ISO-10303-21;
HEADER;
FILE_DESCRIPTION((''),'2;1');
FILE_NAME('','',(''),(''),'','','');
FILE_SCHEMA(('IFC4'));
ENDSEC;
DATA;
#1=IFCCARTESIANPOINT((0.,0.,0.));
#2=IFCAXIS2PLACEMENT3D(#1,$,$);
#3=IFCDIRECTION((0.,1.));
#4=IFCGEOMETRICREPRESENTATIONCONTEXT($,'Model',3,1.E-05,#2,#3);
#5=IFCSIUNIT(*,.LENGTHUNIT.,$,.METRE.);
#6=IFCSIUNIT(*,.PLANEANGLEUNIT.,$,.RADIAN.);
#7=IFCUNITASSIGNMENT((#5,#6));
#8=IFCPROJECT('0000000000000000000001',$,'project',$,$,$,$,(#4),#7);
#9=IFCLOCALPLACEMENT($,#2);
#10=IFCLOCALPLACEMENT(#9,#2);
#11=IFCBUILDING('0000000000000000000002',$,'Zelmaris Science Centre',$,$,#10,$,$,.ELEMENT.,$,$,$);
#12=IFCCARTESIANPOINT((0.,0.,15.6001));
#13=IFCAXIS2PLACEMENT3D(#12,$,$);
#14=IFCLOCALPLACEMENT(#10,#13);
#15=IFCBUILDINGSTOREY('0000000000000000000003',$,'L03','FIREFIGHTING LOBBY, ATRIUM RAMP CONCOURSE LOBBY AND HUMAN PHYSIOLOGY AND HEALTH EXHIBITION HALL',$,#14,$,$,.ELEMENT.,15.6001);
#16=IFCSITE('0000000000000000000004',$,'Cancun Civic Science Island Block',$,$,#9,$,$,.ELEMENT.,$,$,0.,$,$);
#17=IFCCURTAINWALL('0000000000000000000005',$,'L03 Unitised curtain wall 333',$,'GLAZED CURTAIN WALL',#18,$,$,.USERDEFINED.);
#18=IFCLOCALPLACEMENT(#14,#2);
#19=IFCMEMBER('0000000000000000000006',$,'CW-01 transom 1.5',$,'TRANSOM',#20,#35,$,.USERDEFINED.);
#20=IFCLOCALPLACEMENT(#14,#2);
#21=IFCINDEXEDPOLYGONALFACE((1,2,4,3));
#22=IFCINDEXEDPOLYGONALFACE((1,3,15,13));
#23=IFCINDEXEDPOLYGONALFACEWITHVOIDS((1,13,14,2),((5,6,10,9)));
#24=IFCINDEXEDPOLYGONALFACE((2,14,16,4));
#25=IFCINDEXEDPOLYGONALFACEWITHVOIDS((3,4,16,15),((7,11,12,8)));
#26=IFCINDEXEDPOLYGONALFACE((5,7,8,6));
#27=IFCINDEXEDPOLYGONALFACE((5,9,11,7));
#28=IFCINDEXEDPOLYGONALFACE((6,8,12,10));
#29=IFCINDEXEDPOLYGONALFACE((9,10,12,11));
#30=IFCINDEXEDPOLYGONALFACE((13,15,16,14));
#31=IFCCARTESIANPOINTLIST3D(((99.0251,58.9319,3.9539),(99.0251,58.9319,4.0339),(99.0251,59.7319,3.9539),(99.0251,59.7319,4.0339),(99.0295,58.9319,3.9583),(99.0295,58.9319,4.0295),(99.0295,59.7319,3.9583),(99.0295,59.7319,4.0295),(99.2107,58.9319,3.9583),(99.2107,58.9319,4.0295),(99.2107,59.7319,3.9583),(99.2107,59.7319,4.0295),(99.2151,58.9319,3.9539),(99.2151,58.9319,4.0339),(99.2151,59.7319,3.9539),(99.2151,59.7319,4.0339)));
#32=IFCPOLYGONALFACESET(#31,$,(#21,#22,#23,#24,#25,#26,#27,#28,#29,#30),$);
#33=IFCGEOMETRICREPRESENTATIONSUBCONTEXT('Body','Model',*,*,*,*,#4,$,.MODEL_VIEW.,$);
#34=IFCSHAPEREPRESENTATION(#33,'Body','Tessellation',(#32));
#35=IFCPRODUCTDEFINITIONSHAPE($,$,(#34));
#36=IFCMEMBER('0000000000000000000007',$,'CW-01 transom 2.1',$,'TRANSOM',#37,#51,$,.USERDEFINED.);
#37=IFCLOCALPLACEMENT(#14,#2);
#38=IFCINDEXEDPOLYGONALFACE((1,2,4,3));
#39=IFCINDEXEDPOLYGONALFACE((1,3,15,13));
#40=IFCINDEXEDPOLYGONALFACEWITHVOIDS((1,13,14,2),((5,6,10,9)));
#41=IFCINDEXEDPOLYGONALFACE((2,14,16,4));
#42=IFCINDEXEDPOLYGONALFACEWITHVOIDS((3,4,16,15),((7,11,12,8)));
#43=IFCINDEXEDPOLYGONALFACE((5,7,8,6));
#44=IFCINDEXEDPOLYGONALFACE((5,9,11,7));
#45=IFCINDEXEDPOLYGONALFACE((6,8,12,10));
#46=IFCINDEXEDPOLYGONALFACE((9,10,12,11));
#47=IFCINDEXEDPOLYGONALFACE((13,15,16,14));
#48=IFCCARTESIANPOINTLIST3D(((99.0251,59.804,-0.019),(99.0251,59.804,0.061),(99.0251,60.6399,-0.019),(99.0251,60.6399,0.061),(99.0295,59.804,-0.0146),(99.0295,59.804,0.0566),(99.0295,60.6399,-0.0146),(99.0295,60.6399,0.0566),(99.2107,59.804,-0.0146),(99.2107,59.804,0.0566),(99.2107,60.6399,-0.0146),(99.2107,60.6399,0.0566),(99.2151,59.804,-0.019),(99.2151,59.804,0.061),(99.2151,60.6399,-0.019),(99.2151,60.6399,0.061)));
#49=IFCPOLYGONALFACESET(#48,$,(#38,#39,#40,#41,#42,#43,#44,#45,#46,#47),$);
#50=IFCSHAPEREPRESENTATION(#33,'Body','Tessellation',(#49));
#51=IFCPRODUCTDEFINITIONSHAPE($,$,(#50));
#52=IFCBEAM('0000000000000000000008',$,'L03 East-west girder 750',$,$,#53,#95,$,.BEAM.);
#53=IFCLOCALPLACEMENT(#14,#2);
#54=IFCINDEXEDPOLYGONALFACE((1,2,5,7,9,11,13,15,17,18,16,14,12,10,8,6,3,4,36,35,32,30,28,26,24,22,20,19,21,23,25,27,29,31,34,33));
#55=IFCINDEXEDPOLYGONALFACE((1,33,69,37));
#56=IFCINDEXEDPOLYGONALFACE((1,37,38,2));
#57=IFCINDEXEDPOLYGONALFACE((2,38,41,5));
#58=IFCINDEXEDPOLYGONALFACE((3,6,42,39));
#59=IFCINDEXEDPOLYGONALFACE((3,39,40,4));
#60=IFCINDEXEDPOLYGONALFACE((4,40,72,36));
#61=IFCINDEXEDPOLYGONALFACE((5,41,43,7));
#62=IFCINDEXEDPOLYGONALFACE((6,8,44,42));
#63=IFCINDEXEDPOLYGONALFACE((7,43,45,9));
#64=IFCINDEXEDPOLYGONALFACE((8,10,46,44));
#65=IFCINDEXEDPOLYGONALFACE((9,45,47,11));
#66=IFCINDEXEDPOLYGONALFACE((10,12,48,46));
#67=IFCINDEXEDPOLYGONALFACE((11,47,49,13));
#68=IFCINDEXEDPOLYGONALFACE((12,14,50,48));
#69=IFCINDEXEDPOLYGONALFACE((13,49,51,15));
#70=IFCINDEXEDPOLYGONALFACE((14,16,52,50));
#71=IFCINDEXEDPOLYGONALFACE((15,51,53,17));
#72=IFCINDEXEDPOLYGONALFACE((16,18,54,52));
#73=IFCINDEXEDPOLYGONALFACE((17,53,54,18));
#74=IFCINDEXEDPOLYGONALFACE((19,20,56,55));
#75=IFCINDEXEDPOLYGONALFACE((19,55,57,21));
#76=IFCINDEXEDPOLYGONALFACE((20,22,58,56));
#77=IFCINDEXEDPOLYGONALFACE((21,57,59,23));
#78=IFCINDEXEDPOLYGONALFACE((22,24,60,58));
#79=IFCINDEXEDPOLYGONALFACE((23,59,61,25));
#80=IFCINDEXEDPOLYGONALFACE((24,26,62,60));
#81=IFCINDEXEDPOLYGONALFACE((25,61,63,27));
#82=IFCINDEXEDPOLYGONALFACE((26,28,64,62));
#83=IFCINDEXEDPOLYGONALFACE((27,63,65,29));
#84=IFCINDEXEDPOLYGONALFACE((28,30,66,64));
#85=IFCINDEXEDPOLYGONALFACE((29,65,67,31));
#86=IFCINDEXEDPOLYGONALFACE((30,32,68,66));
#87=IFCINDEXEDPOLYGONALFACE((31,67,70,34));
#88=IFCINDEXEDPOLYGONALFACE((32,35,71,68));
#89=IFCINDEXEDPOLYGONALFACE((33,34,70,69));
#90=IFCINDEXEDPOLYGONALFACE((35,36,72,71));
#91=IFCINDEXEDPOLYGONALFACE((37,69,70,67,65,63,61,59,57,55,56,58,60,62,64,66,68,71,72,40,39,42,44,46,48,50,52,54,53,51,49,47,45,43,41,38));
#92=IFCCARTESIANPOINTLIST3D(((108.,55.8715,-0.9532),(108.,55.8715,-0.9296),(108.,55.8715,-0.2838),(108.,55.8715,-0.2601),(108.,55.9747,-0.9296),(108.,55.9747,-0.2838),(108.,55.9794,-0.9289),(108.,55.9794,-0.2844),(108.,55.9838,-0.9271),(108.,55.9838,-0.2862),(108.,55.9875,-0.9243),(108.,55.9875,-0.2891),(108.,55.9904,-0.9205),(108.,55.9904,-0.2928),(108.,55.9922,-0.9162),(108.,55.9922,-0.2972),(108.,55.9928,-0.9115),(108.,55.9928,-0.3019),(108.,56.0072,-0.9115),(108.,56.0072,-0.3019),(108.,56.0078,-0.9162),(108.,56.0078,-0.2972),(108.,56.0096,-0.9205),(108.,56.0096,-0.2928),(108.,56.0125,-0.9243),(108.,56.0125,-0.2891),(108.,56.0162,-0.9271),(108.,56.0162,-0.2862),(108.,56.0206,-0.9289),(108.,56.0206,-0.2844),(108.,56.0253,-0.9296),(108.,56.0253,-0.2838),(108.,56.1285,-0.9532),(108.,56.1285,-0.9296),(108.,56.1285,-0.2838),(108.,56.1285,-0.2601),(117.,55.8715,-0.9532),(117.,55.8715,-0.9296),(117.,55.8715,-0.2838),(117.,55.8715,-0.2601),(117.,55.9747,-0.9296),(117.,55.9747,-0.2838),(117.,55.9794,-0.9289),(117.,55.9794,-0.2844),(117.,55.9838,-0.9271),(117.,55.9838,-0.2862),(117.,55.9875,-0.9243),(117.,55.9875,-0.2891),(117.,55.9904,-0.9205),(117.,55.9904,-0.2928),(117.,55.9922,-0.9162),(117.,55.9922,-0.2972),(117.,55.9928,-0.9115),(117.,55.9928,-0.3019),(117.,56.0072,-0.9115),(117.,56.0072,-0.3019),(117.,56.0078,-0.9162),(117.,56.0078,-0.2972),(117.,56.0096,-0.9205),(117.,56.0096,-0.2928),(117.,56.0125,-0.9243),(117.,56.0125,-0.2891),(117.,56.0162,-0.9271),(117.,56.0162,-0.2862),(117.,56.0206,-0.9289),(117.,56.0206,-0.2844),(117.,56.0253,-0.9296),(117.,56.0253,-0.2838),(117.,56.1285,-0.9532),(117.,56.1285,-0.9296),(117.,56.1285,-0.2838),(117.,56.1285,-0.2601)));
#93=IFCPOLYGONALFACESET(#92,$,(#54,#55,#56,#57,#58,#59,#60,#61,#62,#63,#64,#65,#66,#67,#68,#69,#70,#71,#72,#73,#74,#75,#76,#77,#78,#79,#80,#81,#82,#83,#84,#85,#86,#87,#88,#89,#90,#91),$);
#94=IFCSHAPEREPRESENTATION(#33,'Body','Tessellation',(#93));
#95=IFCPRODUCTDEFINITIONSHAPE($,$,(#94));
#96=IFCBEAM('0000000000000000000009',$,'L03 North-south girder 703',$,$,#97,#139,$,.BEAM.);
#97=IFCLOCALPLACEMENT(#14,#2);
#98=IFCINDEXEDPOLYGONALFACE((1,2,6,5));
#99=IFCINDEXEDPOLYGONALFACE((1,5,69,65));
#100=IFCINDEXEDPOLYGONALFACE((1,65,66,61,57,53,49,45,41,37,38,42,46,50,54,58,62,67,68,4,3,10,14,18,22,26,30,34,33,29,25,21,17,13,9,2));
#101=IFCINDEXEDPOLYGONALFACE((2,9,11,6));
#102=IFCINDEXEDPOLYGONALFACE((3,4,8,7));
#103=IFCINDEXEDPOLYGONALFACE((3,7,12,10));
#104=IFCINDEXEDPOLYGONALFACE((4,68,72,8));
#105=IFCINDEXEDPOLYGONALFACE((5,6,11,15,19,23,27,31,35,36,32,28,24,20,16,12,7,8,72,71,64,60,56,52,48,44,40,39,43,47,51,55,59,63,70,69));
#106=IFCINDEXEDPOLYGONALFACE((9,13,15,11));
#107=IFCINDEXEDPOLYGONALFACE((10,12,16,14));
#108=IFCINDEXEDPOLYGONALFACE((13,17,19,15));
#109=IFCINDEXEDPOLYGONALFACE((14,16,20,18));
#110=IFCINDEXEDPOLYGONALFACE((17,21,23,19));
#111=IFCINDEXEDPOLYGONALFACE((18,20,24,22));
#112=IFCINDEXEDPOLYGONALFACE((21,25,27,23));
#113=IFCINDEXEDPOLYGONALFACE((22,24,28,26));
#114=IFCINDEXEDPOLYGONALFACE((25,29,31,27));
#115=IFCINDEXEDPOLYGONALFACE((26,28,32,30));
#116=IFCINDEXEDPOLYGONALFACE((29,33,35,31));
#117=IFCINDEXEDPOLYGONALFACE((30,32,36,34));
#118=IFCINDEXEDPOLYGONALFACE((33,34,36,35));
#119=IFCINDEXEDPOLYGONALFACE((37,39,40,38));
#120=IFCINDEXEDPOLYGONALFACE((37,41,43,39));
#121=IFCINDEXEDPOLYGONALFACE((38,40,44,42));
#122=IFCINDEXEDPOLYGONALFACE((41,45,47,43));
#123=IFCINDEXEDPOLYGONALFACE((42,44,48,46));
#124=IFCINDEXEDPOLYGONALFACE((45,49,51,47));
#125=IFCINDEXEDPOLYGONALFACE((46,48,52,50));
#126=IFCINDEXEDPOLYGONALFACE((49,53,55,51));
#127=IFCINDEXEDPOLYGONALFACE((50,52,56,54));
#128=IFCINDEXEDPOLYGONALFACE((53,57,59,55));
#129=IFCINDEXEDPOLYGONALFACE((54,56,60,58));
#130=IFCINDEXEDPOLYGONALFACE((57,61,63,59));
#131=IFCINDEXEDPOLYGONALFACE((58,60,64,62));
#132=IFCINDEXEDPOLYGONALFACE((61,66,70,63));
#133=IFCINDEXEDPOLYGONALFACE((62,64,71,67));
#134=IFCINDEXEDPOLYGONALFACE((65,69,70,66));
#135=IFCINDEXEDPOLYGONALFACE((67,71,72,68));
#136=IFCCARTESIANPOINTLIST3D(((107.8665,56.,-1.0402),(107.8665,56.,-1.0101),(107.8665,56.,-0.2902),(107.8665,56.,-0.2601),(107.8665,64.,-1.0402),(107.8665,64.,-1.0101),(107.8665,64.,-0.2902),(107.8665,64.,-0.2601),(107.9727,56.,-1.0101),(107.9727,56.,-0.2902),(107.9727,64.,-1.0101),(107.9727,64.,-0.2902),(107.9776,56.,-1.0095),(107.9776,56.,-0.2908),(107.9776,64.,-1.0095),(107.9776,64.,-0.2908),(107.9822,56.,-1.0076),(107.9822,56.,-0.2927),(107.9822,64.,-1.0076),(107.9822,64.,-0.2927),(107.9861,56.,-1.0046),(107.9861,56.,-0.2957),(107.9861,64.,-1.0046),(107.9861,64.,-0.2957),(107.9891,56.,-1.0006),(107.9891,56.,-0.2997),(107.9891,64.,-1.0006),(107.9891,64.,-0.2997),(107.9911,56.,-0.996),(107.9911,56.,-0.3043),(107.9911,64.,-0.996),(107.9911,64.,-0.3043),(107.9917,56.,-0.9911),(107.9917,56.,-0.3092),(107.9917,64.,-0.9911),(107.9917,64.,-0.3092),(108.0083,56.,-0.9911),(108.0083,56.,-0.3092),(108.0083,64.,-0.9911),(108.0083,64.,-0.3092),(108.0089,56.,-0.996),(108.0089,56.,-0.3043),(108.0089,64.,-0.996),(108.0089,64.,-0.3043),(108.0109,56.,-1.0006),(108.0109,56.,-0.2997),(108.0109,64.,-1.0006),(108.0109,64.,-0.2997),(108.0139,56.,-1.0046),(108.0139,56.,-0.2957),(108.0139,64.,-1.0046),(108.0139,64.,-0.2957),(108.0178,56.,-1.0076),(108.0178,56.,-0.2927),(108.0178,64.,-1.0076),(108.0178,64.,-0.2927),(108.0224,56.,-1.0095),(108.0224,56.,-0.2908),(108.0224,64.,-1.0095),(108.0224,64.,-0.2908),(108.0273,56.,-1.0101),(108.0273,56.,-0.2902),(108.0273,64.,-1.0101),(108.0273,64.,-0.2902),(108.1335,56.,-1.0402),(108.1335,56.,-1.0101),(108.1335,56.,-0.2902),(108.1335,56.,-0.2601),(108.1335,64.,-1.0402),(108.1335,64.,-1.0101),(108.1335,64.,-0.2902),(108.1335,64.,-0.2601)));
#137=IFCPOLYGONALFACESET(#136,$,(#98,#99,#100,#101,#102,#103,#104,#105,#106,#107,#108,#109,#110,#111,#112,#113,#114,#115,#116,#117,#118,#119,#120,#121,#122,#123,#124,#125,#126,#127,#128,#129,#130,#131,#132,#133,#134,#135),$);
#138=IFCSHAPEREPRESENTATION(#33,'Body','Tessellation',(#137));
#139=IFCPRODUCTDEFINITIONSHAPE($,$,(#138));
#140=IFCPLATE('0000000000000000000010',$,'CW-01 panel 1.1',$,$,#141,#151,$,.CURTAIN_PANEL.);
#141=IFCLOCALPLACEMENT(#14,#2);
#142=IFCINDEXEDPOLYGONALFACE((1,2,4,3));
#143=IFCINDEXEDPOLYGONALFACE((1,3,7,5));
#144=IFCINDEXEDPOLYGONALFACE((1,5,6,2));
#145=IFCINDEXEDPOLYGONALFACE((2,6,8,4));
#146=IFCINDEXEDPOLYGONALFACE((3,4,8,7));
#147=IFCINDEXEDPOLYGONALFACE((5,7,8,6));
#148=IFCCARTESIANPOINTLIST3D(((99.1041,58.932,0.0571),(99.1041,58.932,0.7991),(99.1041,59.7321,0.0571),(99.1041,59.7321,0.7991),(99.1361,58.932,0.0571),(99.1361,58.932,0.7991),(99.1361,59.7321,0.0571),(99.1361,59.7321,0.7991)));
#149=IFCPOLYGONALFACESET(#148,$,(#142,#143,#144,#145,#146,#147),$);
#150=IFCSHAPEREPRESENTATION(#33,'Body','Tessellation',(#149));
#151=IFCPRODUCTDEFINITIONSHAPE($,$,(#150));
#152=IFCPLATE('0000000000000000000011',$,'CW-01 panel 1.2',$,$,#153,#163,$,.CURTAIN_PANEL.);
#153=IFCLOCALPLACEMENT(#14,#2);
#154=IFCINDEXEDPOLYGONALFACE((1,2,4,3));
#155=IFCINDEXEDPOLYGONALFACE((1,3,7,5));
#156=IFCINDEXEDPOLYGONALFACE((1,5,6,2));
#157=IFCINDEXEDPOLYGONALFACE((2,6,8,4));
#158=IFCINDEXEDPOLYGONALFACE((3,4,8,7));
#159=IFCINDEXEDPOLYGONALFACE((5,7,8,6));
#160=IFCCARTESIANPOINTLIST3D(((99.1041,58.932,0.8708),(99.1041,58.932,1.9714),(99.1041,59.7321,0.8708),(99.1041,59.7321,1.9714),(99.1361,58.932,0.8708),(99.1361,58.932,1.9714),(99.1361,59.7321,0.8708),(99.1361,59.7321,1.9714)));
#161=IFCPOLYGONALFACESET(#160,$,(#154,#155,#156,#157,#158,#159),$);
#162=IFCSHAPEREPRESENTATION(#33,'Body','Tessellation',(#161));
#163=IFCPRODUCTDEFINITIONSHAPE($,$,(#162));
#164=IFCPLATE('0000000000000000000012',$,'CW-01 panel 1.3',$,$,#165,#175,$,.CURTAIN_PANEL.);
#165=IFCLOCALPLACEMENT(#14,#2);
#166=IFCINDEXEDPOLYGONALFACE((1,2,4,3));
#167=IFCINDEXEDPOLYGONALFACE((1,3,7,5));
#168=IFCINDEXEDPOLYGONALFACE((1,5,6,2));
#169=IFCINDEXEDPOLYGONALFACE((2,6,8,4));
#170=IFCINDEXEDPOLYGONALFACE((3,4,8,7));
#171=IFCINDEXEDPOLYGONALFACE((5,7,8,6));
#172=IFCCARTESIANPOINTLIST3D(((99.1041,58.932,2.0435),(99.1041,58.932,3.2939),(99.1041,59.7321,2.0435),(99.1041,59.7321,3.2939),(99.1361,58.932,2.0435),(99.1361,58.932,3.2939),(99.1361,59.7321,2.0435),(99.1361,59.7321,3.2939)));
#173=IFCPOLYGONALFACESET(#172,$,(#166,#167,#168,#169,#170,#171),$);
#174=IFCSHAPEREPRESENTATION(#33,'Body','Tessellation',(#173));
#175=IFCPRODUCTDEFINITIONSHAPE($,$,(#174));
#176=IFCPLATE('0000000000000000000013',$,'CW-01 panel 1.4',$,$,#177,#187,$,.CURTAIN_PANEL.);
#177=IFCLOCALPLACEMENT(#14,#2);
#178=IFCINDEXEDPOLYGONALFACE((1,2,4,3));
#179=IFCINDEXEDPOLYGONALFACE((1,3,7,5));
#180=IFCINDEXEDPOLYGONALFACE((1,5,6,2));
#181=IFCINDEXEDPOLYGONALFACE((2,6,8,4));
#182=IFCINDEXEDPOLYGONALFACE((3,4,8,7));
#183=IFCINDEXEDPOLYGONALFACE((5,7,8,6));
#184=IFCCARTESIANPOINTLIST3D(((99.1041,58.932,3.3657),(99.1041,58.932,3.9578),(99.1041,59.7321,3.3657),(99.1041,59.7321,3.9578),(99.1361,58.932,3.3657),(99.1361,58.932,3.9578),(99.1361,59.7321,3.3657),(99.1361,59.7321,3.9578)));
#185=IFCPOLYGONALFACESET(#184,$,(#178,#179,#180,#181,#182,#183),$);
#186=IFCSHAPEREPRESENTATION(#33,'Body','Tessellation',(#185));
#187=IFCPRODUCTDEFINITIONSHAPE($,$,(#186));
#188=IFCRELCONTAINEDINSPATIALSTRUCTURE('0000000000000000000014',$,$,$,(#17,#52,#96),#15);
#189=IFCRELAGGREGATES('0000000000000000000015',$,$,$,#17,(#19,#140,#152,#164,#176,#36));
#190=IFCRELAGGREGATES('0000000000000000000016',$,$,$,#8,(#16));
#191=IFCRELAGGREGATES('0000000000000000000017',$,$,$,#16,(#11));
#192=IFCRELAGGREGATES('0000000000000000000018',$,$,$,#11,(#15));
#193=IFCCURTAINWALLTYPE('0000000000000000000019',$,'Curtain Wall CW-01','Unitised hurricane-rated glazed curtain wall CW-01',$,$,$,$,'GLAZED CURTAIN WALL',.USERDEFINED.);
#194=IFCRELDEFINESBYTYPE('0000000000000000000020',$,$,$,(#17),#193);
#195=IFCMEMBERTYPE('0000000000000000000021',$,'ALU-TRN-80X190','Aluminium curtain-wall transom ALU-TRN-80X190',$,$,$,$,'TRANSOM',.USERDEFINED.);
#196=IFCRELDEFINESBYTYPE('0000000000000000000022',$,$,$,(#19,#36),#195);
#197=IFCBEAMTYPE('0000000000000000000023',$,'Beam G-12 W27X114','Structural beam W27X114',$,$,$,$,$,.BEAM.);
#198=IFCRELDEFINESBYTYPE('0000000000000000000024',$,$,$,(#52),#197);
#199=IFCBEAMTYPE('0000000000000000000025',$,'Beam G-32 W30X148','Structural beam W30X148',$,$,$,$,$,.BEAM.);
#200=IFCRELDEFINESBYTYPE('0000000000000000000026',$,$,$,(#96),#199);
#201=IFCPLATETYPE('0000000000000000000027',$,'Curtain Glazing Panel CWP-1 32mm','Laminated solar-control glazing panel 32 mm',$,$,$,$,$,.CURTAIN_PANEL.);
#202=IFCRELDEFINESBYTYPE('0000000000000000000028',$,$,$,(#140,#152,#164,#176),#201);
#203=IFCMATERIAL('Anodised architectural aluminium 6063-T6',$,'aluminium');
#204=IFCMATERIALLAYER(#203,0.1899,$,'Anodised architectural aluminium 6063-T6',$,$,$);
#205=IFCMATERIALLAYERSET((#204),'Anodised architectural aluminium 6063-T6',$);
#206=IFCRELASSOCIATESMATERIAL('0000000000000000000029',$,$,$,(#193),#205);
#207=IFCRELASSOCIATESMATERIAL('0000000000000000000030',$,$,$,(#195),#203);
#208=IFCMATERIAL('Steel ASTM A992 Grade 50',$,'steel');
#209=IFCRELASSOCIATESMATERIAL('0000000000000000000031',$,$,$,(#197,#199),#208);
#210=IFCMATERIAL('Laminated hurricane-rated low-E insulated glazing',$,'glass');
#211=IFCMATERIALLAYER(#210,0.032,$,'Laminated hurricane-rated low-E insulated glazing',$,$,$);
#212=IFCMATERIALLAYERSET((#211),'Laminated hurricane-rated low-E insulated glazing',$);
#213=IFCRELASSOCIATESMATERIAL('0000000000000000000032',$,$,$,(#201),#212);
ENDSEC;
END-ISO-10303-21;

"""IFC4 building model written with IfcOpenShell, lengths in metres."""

from ifc_helpers import new_model, si_unit, direction, frame, origin, origin_2d, place, context, subcontext, project, spatial, rectangle, hollow_rectangle, i_section, extrude, material, layer, layer_set, material_profile, profile_set, type_object, element, aggregate, save


model = new_model("IFC4")

# Units and contexts
model_context = context("Model", 3, precision=1e-05, world=origin(), true_north=direction((0.0, 1.0)))
body_context = subcontext(model_context, "Body", "Model", "MODEL_VIEW")
ifc_project = project(units=[si_unit("LENGTHUNIT", "METRE"), si_unit("PLANEANGLEUNIT", "RADIAN")], contexts=[model_context])

# Site, building, storey
site_placement = place(None, origin())
site = spatial("IfcSite", under=ifc_project, at=site_placement, Name="Cancun Civic Science Island Block", CompositionType="ELEMENT", RefElevation=0.0)
building_placement = place(site_placement, origin())
building = spatial("IfcBuilding", under=site, at=building_placement, Name="Zelmaris Science Centre", CompositionType="ELEMENT")
storey_placement = place(building_placement, frame((0.0, 0.0, 15.6001)))
storey = spatial("IfcBuildingStorey", under=building, at=storey_placement, Name="L03", Description="FIREFIGHTING LOBBY, ATRIUM RAMP CONCOURSE LOBBY AND HUMAN PHYSIOLOGY AND HEALTH EXHIBITION HALL", CompositionType="ELEMENT", Elevation=15.6001)

# Shared definitions
ifc_material_1 = material(Name="Steel ASTM A992 Grade 50", Category="steel")

# Curtain wall
ifc_material_2 = material(Name="Anodised architectural aluminium 6063-T6", Category="aluminium")
ifc_layer_1 = layer(ifc_material_2, 0.1899, Name="Anodised architectural aluminium 6063-T6")
ifc_layer_set_1 = layer_set([ifc_layer_1], Name="Anodised architectural aluminium 6063-T6")
curtain_wall_type_1 = type_object("IfcCurtainWallType", Name="Curtain Wall CW-01", Description="Unitised hurricane-rated glazed curtain wall CW-01", ElementType="GLAZED CURTAIN WALL", PredefinedType="USERDEFINED", material=ifc_layer_set_1)
curtain_wall_1_placement = place(storey_placement, origin())
curtain_wall_1 = element("IfcCurtainWall", 1, at=curtain_wall_1_placement, inside=storey, type_object=curtain_wall_type_1, Name="L03 Unitised curtain wall 333", ObjectType="GLAZED CURTAIN WALL", PredefinedType="USERDEFINED")

# Members
ifc_material_profile_1 = material_profile(ifc_material_2, hollow_rectangle(XDim=0.0801, YDim=0.1899, WallThickness=0.0044, at=origin_2d()), Name="ALU-TRN-80X190")
ifc_profile_set_1 = profile_set([ifc_material_profile_1], Name="Anodised architectural aluminium 6063-T6")
member_type_1 = type_object("IfcMemberType", Name="ALU-TRN-80X190", Description="Aluminium curtain-wall transom ALU-TRN-80X190", ElementType="TRANSOM", PredefinedType="USERDEFINED", material=ifc_profile_set_1)
member_1_placement = place(storey_placement, frame((99.1201, 58.9319, 3.9939), z_axis=(0.0, 1.0, 0.0), x_axis=(0.0, 0.0, 1.0)))
member_1 = element("IfcMember", 2, at=member_1_placement, type_object=member_type_1, Name="CW-01 transom 1.5", ObjectType="TRANSOM", PredefinedType="USERDEFINED", context=body_context, shape_type="SweptSolid", body=[
    extrude(hollow_rectangle(XDim=0.0801, YDim=0.1899, WallThickness=0.0044, at=origin_2d()), origin(), (0.0, 0.0, 1.0), 0.8),
])
member_2_placement = place(storey_placement, frame((99.1201, 59.804, 0.021), z_axis=(0.0, 1.0, 0.0), x_axis=(0.0, 0.0, 1.0)))
member_2 = element("IfcMember", 3, at=member_2_placement, type_object=member_type_1, Name="CW-01 transom 2.1", ObjectType="TRANSOM", PredefinedType="USERDEFINED", context=body_context, shape_type="SweptSolid", body=[
    extrude(hollow_rectangle(XDim=0.0801, YDim=0.1899, WallThickness=0.0044, at=origin_2d()), origin(), (0.0, 0.0, 1.0), 0.8359),
])

# Beams
ifc_material_profile_2 = material_profile(ifc_material_1, i_section(OverallWidth=0.2571, OverallDepth=0.6931, WebThickness=0.0144, FlangeThickness=0.0237, FilletRadius=0.0181, at=origin_2d()), Name="W27X114")
ifc_profile_set_2 = profile_set([ifc_material_profile_2], Name="Steel ASTM A992 Grade 50")
beam_type_1 = type_object("IfcBeamType", Name="Beam G-12 W27X114", Description="Structural beam W27X114", PredefinedType="BEAM", material=ifc_profile_set_2)
beam_1_placement = place(storey_placement, frame((108.0, 56.0, -0.6067), z_axis=(1.0, 0.0, 0.0), x_axis=(0.0, 1.0, 0.0)))
element("IfcBeam", 4, at=beam_1_placement, inside=storey, type_object=beam_type_1, Name="L03 East-west girder 750", PredefinedType="BEAM", context=body_context, shape_type="SweptSolid", body=[
    extrude(i_section(OverallWidth=0.2571, OverallDepth=0.6931, WebThickness=0.0144, FlangeThickness=0.0237, FilletRadius=0.0181, at=origin_2d()), origin(), (0.0, 0.0, 1.0), 9.0),
])
ifc_material_profile_3 = material_profile(ifc_material_1, i_section(OverallWidth=0.2671, OverallDepth=0.78, WebThickness=0.0166, FlangeThickness=0.03, FilletRadius=0.019, at=origin_2d()), Name="W30X148")
ifc_profile_set_3 = profile_set([ifc_material_profile_3], Name="Steel ASTM A992 Grade 50")
beam_type_2 = type_object("IfcBeamType", Name="Beam G-32 W30X148", Description="Structural beam W30X148", PredefinedType="BEAM", material=ifc_profile_set_3)
beam_2_placement = place(storey_placement, frame((108.0, 56.0, -0.6501), z_axis=(0.0, 1.0, 0.0), x_axis=(-1.0, 0.0, 0.0)))
element("IfcBeam", 5, at=beam_2_placement, inside=storey, type_object=beam_type_2, Name="L03 North-south girder 703", PredefinedType="BEAM", context=body_context, shape_type="SweptSolid", body=[
    extrude(i_section(OverallWidth=0.2671, OverallDepth=0.78, WebThickness=0.0166, FlangeThickness=0.03, FilletRadius=0.019, at=origin_2d()), origin(), (0.0, 0.0, 1.0), 8.0),
])

# Plates
ifc_material_3 = material(Name="Laminated hurricane-rated low-E insulated glazing", Category="glass")
ifc_layer_2 = layer(ifc_material_3, 0.032, Name="Laminated hurricane-rated low-E insulated glazing")
ifc_layer_set_2 = layer_set([ifc_layer_2], Name="Laminated hurricane-rated low-E insulated glazing")
plate_type_1 = type_object("IfcPlateType", Name="Curtain Glazing Panel CWP-1 32mm", Description="Laminated solar-control glazing panel 32 mm", PredefinedType="CURTAIN_PANEL", material=ifc_layer_set_2)
plate_1_placement = place(storey_placement, frame((99.1201, 59.332, 0.0571), z_axis=(0.0, 0.0, 1.0), x_axis=(0.0, 1.0, 0.0)))
plate_1 = element("IfcPlate", 6, at=plate_1_placement, type_object=plate_type_1, Name="CW-01 panel 1.1", PredefinedType="CURTAIN_PANEL", context=body_context, shape_type="SweptSolid", body=[
    extrude(rectangle(XDim=0.8, YDim=0.032, at=origin_2d()), origin(), (0.0, 0.0, 1.0), 0.7419),
])
plate_2_placement = place(storey_placement, frame((99.1201, 59.332, 0.8708), z_axis=(0.0, 0.0, 1.0), x_axis=(0.0, 1.0, 0.0)))
plate_2 = element("IfcPlate", 7, at=plate_2_placement, type_object=plate_type_1, Name="CW-01 panel 1.2", PredefinedType="CURTAIN_PANEL", context=body_context, shape_type="SweptSolid", body=[
    extrude(rectangle(XDim=0.8, YDim=0.032, at=origin_2d()), origin(), (0.0, 0.0, 1.0), 1.1006),
])
plate_3_placement = place(storey_placement, frame((99.1201, 59.332, 2.0435), z_axis=(0.0, 0.0, 1.0), x_axis=(0.0, 1.0, 0.0)))
plate_3 = element("IfcPlate", 8, at=plate_3_placement, type_object=plate_type_1, Name="CW-01 panel 1.3", PredefinedType="CURTAIN_PANEL", context=body_context, shape_type="SweptSolid", body=[
    extrude(rectangle(XDim=0.8, YDim=0.032, at=origin_2d()), origin(), (0.0, 0.0, 1.0), 1.2505),
])
plate_4_placement = place(storey_placement, frame((99.1201, 59.332, 3.3657), z_axis=(0.0, 0.0, 1.0), x_axis=(0.0, 1.0, 0.0)))
plate_4 = element("IfcPlate", 9, at=plate_4_placement, type_object=plate_type_1, Name="CW-01 panel 1.4", PredefinedType="CURTAIN_PANEL", context=body_context, shape_type="SweptSolid", body=[
    extrude(rectangle(XDim=0.8, YDim=0.032, at=origin_2d()), origin(), (0.0, 0.0, 1.0), 0.592),
])
aggregate(curtain_wall_1, [member_1, plate_1, plate_2, plate_3, plate_4, member_2])

save(model, "model.ifc")
